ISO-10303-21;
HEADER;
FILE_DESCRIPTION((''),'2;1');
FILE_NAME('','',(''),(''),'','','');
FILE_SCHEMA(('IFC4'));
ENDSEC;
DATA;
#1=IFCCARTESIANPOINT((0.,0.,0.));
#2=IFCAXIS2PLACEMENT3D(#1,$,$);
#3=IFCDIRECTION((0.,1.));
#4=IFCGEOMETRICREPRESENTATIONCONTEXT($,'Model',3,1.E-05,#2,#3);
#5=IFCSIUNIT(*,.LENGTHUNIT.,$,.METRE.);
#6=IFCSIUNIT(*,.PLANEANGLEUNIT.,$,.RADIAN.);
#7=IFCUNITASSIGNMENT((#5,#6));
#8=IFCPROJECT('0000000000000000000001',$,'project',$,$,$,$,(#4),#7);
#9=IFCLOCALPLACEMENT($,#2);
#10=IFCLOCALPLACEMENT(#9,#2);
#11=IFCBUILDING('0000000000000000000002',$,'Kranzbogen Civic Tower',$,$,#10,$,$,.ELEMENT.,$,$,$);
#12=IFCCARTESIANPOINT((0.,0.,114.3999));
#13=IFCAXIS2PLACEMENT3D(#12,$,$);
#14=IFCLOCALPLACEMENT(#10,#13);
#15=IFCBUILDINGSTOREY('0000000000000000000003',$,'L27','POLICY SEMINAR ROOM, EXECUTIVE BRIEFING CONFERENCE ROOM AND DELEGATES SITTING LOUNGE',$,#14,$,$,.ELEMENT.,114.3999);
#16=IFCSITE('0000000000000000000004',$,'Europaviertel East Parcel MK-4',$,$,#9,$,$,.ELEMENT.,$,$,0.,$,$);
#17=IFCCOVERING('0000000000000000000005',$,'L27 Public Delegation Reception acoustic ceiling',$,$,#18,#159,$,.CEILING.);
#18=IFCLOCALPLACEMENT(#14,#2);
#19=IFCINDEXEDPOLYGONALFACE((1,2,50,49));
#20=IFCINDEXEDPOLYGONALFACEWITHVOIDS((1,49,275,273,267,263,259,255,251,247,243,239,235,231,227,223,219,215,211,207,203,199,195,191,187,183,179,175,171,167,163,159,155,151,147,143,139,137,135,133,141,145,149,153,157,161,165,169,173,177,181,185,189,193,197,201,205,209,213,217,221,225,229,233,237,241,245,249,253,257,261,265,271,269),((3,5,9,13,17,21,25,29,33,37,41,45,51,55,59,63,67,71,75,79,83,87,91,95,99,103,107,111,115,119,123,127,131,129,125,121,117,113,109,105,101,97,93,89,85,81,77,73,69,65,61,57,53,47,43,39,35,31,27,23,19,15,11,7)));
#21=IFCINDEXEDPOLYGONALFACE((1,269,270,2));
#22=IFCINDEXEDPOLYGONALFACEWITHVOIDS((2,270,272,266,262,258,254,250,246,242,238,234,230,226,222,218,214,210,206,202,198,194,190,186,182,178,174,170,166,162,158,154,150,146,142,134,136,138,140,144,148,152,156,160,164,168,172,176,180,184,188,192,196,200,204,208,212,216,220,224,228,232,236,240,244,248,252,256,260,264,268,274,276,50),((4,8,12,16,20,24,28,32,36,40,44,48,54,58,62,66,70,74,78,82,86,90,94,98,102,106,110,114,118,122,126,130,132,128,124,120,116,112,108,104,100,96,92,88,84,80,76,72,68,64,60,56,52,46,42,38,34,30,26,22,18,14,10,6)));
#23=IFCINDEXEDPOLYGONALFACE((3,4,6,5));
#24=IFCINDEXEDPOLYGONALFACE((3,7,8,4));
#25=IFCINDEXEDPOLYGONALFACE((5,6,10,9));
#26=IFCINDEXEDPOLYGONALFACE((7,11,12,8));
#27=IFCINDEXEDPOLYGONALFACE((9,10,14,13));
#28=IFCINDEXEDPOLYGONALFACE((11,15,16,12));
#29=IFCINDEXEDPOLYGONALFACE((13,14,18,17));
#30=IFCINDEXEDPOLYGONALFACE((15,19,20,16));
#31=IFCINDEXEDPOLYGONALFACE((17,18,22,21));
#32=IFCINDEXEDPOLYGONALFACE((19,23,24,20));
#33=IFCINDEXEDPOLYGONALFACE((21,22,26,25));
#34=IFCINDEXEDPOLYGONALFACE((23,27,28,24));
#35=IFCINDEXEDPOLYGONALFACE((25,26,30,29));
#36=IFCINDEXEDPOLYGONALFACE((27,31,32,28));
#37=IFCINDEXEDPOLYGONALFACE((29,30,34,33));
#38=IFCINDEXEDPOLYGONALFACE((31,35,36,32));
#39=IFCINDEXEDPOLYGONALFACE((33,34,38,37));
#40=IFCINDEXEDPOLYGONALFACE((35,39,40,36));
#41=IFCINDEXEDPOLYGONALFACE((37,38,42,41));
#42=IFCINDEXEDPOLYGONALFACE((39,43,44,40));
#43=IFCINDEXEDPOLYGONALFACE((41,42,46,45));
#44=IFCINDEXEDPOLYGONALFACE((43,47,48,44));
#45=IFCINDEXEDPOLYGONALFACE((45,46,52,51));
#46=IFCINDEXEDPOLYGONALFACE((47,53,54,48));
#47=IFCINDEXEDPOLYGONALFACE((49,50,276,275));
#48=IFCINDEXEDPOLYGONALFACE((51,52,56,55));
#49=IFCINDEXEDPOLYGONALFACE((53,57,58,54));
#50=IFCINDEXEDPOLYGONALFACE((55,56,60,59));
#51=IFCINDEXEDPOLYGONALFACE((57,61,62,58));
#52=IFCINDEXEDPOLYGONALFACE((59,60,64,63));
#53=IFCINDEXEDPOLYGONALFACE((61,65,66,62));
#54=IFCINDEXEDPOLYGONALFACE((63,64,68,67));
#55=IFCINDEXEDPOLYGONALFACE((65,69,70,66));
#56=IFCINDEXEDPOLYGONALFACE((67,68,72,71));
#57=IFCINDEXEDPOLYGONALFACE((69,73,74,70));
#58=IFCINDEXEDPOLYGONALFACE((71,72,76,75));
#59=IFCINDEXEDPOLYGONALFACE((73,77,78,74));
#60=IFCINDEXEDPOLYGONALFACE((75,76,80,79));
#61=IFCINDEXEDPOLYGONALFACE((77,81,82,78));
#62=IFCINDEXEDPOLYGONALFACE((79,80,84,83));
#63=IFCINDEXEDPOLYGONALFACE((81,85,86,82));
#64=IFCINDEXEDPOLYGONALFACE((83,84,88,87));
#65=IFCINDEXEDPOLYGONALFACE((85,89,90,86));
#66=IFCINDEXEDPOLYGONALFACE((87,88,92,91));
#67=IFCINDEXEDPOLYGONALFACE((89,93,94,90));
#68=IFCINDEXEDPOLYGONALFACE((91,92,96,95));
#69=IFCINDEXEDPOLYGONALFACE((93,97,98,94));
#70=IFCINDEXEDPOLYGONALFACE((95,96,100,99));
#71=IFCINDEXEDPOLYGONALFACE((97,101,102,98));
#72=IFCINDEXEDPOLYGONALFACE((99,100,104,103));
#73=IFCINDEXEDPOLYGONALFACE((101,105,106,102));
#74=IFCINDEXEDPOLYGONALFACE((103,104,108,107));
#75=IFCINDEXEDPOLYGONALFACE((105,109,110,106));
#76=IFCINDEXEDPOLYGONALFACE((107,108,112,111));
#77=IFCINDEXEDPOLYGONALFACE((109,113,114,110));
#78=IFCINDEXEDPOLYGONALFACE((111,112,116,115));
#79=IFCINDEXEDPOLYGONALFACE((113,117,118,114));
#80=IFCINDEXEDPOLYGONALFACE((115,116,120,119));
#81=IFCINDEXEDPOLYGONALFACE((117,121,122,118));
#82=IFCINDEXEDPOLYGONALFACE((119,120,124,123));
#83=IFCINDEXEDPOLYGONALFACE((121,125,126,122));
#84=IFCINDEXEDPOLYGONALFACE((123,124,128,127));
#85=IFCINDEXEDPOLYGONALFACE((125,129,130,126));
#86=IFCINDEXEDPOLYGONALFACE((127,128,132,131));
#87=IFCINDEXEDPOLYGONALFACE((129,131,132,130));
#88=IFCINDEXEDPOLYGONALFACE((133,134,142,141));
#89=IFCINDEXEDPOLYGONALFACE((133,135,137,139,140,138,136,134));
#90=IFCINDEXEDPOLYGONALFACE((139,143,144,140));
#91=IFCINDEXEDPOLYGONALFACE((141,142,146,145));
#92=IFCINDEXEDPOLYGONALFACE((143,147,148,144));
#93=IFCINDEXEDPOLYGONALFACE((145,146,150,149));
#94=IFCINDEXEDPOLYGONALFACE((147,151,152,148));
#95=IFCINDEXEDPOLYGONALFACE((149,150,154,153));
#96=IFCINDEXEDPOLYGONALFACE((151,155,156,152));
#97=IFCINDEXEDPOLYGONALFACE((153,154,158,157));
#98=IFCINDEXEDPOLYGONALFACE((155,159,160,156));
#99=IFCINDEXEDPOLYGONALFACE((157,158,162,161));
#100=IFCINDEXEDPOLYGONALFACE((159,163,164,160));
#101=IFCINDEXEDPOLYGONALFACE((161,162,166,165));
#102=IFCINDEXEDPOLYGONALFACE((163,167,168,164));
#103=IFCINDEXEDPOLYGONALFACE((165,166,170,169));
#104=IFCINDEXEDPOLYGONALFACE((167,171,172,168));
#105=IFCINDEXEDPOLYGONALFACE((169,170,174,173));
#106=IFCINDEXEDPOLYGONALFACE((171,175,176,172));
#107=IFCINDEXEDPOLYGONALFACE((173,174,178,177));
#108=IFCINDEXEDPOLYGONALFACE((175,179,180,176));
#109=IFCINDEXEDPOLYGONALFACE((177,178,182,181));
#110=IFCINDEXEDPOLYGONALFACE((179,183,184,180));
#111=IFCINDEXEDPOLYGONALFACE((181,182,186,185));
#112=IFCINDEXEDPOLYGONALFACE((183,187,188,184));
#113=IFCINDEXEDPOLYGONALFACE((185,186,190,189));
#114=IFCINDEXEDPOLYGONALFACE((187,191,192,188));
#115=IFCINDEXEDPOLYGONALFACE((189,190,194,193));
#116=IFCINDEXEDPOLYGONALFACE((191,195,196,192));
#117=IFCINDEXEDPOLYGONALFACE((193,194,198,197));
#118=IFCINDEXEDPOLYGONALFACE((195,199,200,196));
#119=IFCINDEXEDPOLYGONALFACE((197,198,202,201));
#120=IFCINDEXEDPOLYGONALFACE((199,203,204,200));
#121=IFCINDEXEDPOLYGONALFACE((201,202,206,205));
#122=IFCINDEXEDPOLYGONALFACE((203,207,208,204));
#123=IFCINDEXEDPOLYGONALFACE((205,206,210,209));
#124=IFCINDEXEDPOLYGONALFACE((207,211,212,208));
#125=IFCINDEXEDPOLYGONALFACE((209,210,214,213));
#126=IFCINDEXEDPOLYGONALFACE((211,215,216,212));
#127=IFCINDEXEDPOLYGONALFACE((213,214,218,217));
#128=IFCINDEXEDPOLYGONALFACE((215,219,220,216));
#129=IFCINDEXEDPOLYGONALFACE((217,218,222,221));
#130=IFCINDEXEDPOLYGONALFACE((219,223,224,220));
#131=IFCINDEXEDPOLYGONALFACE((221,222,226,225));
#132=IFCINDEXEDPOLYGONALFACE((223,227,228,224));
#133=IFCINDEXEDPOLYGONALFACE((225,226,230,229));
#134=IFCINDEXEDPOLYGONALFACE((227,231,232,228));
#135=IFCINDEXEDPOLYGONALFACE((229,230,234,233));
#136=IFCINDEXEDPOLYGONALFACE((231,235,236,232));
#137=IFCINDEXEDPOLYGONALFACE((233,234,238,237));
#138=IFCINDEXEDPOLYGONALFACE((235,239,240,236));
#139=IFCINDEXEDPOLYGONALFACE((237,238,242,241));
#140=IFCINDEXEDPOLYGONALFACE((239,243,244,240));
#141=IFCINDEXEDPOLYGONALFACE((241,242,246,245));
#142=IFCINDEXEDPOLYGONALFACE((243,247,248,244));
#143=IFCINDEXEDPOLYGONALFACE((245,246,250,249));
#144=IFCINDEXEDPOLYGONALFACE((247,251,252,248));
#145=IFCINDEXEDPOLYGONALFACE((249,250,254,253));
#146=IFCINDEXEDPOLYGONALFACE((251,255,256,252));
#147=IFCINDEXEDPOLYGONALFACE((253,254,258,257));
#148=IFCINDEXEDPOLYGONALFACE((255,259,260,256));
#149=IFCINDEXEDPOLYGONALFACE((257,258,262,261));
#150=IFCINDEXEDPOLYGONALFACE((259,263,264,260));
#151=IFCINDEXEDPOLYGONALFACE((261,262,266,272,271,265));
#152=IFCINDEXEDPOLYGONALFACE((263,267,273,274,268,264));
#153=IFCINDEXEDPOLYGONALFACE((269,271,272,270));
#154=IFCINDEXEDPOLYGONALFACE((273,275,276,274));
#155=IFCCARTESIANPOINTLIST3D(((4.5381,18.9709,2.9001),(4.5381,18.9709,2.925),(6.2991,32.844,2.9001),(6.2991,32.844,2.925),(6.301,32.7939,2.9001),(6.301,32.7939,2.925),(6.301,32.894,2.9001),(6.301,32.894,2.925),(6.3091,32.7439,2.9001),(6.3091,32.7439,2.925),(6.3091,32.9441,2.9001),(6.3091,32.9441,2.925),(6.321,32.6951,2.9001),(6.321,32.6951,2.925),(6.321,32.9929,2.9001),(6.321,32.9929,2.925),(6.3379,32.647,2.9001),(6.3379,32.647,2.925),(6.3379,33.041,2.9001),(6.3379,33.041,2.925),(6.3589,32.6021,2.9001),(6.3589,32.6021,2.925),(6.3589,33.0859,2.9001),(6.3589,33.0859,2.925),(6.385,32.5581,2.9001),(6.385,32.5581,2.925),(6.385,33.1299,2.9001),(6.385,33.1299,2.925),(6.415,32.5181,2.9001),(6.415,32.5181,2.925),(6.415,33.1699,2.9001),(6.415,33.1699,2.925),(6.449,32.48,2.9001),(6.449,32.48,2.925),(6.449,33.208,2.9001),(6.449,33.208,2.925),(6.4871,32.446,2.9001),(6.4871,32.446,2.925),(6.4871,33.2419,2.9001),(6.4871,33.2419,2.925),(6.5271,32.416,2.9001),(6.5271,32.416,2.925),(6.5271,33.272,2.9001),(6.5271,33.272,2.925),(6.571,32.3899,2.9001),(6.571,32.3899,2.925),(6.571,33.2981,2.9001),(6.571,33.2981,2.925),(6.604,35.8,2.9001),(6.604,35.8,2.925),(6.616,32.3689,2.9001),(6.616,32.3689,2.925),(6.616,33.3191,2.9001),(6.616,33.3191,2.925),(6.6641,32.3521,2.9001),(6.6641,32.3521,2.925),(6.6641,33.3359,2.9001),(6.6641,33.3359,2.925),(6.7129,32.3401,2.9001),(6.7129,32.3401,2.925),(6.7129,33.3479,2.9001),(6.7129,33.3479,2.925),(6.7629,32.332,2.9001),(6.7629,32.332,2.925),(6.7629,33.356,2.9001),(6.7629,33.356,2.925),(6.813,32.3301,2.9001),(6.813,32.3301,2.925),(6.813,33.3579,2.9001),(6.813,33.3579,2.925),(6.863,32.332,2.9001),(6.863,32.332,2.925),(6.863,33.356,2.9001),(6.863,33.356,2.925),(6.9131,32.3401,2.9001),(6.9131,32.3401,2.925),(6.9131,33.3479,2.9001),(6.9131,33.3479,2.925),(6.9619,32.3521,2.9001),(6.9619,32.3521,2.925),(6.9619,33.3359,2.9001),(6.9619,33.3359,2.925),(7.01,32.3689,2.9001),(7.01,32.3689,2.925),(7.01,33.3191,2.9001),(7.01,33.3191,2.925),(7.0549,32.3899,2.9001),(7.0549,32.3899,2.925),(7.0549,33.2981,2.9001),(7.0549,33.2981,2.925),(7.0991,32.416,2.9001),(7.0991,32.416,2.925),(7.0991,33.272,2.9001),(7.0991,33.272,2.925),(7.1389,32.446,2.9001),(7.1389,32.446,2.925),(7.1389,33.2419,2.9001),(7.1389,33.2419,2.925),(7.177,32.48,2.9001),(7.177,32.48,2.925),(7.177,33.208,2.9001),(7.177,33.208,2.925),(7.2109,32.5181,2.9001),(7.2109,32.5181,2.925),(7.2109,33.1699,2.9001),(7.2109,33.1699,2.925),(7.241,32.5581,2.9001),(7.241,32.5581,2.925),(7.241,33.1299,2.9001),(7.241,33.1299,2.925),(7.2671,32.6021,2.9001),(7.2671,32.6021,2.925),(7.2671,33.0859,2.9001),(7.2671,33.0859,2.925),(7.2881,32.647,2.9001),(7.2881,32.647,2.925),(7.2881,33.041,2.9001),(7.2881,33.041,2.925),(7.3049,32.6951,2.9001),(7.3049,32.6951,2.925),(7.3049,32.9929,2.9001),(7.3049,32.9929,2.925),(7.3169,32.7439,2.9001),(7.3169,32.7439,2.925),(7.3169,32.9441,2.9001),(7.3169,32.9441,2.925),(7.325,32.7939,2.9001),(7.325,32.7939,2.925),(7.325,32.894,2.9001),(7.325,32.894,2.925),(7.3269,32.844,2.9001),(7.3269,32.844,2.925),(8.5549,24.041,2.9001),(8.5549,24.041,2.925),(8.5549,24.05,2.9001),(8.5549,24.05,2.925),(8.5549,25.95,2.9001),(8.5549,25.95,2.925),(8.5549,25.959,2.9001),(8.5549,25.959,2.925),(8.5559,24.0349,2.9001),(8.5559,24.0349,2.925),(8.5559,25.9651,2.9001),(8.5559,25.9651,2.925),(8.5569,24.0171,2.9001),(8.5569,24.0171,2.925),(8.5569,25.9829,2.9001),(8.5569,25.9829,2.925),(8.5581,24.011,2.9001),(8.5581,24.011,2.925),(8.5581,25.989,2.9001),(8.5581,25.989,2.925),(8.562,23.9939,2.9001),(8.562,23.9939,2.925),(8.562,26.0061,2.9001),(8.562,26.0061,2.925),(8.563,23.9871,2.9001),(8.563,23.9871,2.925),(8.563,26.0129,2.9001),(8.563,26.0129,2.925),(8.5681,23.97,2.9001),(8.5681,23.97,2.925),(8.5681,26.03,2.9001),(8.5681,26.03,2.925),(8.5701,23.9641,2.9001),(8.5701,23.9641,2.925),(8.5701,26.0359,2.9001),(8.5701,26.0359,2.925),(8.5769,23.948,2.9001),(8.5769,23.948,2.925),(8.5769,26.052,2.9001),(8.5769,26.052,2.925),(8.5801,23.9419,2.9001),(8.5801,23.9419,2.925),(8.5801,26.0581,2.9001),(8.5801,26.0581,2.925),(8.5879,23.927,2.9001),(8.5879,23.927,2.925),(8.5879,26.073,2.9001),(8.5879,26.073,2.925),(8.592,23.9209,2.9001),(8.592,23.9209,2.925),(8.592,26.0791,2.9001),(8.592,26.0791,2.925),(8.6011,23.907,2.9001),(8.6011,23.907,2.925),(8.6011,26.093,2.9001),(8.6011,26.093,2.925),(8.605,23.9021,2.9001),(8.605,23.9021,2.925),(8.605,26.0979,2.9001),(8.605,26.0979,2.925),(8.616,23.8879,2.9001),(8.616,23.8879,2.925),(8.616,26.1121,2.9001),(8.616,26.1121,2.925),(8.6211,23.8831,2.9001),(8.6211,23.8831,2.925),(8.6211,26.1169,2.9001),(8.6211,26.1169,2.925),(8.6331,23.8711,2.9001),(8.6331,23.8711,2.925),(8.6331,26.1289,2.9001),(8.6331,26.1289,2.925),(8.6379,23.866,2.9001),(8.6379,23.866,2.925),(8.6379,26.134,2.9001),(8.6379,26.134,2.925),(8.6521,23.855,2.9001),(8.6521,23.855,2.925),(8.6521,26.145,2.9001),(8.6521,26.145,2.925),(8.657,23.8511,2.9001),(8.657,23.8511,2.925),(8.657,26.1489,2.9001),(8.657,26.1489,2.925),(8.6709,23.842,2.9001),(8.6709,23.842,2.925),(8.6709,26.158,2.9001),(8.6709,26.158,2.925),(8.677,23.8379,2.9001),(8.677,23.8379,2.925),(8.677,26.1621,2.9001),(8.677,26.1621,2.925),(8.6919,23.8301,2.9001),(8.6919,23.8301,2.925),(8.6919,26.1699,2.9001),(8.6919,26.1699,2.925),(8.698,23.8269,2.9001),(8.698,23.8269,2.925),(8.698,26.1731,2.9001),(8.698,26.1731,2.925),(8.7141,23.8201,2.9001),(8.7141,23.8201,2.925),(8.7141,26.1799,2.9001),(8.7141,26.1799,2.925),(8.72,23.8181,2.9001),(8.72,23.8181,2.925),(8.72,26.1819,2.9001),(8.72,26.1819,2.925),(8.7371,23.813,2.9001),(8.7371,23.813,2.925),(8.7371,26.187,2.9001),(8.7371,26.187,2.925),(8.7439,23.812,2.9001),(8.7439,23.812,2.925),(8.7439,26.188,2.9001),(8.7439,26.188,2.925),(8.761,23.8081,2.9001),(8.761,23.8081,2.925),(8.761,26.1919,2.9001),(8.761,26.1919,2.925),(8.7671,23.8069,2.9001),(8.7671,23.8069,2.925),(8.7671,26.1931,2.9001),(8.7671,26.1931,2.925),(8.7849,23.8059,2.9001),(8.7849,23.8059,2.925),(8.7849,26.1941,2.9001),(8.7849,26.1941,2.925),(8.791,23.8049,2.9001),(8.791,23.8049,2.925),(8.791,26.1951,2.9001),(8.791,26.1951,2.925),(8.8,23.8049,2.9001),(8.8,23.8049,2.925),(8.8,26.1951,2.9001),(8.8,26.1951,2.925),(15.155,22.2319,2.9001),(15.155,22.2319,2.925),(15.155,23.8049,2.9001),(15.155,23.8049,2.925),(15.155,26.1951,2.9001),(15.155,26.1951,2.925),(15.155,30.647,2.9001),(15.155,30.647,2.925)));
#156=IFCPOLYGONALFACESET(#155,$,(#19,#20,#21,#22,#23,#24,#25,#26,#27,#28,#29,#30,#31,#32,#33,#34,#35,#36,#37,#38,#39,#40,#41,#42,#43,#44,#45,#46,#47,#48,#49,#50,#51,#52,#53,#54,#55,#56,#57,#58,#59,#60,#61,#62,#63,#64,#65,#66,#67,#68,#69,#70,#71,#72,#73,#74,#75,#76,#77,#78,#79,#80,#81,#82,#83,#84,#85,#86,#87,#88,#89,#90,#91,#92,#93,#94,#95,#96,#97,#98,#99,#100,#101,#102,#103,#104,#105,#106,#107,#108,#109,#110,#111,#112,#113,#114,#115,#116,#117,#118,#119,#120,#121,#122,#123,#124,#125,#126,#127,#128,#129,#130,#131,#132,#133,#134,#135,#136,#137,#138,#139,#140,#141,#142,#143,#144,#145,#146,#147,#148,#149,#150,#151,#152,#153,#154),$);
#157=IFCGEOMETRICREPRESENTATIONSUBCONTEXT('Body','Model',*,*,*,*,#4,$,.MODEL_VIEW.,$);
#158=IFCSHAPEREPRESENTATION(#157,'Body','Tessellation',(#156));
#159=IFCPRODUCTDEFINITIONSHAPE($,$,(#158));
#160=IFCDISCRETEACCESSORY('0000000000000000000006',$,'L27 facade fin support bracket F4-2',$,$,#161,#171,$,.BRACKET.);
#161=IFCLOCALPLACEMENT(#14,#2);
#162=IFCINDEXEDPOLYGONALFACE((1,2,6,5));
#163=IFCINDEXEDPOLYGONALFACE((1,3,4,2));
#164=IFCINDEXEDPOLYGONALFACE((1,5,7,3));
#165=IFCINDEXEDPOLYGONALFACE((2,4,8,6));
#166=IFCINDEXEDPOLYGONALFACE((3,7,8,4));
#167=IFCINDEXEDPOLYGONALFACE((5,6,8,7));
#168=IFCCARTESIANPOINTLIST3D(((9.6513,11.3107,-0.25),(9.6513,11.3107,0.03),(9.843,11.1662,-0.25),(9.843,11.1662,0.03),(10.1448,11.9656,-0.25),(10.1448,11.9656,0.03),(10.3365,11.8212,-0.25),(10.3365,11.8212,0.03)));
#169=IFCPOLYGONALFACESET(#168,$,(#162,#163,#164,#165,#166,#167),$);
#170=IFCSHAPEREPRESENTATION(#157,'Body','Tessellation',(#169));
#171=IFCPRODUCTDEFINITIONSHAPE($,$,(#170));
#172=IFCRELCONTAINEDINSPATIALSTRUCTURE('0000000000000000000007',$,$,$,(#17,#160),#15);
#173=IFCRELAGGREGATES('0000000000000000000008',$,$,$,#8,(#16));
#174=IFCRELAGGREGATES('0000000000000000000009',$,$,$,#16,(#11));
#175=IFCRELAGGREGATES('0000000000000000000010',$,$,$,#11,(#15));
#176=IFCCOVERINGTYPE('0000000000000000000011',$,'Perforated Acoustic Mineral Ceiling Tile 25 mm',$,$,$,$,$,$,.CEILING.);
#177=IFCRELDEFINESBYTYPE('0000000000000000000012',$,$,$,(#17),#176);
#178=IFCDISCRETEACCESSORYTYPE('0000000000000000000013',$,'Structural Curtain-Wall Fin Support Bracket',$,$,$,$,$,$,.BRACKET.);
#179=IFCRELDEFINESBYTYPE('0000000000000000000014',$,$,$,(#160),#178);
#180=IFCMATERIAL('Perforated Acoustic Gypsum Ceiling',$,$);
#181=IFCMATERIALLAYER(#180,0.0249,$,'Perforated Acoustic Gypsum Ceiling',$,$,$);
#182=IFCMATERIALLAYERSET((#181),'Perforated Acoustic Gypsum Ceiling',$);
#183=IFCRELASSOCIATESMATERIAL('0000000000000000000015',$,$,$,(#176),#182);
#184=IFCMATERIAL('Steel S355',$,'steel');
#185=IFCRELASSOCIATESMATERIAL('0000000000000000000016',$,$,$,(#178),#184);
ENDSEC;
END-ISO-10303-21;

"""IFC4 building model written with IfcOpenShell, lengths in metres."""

from ifc_helpers import new_model, si_unit, direction, frame, origin, origin_2d, place, context, subcontext, project, spatial, polyline, rectangle, outline, extrude, material, layer, layer_set, type_object, element, save


model = new_model("IFC4")

# Units and contexts
model_context = context("Model", 3, precision=1e-05, world=origin(), true_north=direction((0.0, 1.0)))
body_context = subcontext(model_context, "Body", "Model", "MODEL_VIEW")
ifc_project = project(units=[si_unit("LENGTHUNIT", "METRE"), si_unit("PLANEANGLEUNIT", "RADIAN")], contexts=[model_context])

# Site, building, storey
site_placement = place(None, origin())
site = spatial("IfcSite", under=ifc_project, at=site_placement, Name="Europaviertel East Parcel MK-4", CompositionType="ELEMENT", RefElevation=0.0)
building_placement = place(site_placement, origin())
building = spatial("IfcBuilding", under=site, at=building_placement, Name="Kranzbogen Civic Tower", CompositionType="ELEMENT")
storey_placement = place(building_placement, frame((0.0, 0.0, 114.3999)))
storey = spatial("IfcBuildingStorey", under=building, at=storey_placement, Name="L27", Description="POLICY SEMINAR ROOM, EXECUTIVE BRIEFING CONFERENCE ROOM AND DELEGATES SITTING LOUNGE", CompositionType="ELEMENT", Elevation=114.3999)

# Shared definitions
ifc_material_1 = material(Name="Steel S355", Category="steel")

# Covering
ifc_material_2 = material(Name="Perforated Acoustic Gypsum Ceiling")
ifc_layer_1 = layer(ifc_material_2, 0.0249, Name="Perforated Acoustic Gypsum Ceiling")
ifc_layer_set_1 = layer_set([ifc_layer_1], Name="Perforated Acoustic Gypsum Ceiling")
covering_type_1 = type_object("IfcCoveringType", Name="Perforated Acoustic Mineral Ceiling Tile 25 mm", PredefinedType="CEILING", material=ifc_layer_set_1)
covering_1_placement = place(storey_placement, frame((0.0, 0.0, 2.9001)))
element("IfcCovering", 1, at=covering_1_placement, inside=storey, type_object=covering_type_1, Name="L27 Public Delegation Reception acoustic ceiling", PredefinedType="CEILING", context=body_context, shape_type="SweptSolid", body=[
    extrude(outline(polyline([(15.155, 30.647), (15.155, 26.1951), (8.8, 26.1951), (8.791, 26.1951), (8.7849, 26.1941), (8.7671, 26.1931), (8.761, 26.1919), (8.7439, 26.188), (8.7371, 26.187), (8.72, 26.1819), (8.7141, 26.1799), (8.698, 26.1731), (8.6919, 26.1699), (8.677, 26.1621), (8.6709, 26.158), (8.657, 26.1489), (8.6521, 26.145), (8.6379, 26.134), (8.6331, 26.1289), (8.6211, 26.1169), (8.616, 26.1121), (8.605, 26.0979), (8.6011, 26.093), (8.592, 26.0791), (8.5879, 26.073), (8.5801, 26.0581), (8.5769, 26.052), (8.5701, 26.0359), (8.5681, 26.03), (8.563, 26.0129), (8.562, 26.0061), (8.5581, 25.989), (8.5569, 25.9829), (8.5559, 25.9651), (8.5549, 25.959), (8.5549, 25.95), (8.5549, 24.05), (8.5549, 24.041), (8.5559, 24.0349), (8.5569, 24.0171), (8.5581, 24.011), (8.562, 23.9939), (8.563, 23.9871), (8.5681, 23.97), (8.5701, 23.9641), (8.5769, 23.948), (8.5801, 23.9419), (8.5879, 23.927), (8.592, 23.9209), (8.6011, 23.907), (8.605, 23.9021), (8.616, 23.8879), (8.6211, 23.8831), (8.6331, 23.8711), (8.6379, 23.866), (8.6521, 23.855), (8.657, 23.8511), (8.6709, 23.842), (8.677, 23.8379), (8.6919, 23.8301), (8.698, 23.8269), (8.7141, 23.8201), (8.72, 23.8181), (8.7371, 23.813), (8.7439, 23.812), (8.761, 23.8081), (8.7671, 23.8069), (8.7849, 23.8059), (8.791, 23.8049), (8.8, 23.8049), (15.155, 23.8049), (15.155, 22.2319), (4.5381, 18.9709), (6.604, 35.8), (15.155, 30.647)]), holes=[polyline([(7.2881, 32.647), (7.2671, 32.6021), (7.241, 32.5581), (7.2109, 32.5181), (7.177, 32.48), (7.1389, 32.446), (7.0991, 32.416), (7.0549, 32.3899), (7.01, 32.3689), (6.9619, 32.3521), (6.9131, 32.3401), (6.863, 32.332), (6.813, 32.3301), (6.7629, 32.332), (6.7129, 32.3401), (6.6641, 32.3521), (6.616, 32.3689), (6.571, 32.3899), (6.5271, 32.416), (6.4871, 32.446), (6.449, 32.48), (6.415, 32.5181), (6.385, 32.5581), (6.3589, 32.6021), (6.3379, 32.647), (6.321, 32.6951), (6.3091, 32.7439), (6.301, 32.7939), (6.2991, 32.844), (6.301, 32.894), (6.3091, 32.9441), (6.321, 32.9929), (6.3379, 33.041), (6.3589, 33.0859), (6.385, 33.1299), (6.415, 33.1699), (6.449, 33.208), (6.4871, 33.2419), (6.5271, 33.272), (6.571, 33.2981), (6.616, 33.3191), (6.6641, 33.3359), (6.7129, 33.3479), (6.7629, 33.356), (6.813, 33.3579), (6.863, 33.356), (6.9131, 33.3479), (6.9619, 33.3359), (7.01, 33.3191), (7.0549, 33.2981), (7.0991, 33.272), (7.1389, 33.2419), (7.177, 33.208), (7.2109, 33.1699), (7.241, 33.1299), (7.2671, 33.0859), (7.2881, 33.041), (7.3049, 32.9929), (7.3169, 32.9441), (7.325, 32.894), (7.3269, 32.844), (7.325, 32.7939), (7.3169, 32.7439), (7.3049, 32.6951), (7.2881, 32.647)])]), origin(), (0.0, 0.0, 1.0), 0.0249),
])

# Discrete accessory
discrete_accessory_type = type_object("IfcDiscreteAccessoryType", Name="Structural Curtain-Wall Fin Support Bracket", PredefinedType="BRACKET", material=ifc_material_1)
for number, where, z_axis, x_axis, name in (
    (2, (9.9939, 11.5659, -0.25), (0.0, 0.0, 1.0), (-0.601815, -0.798636, 0.0), "L27 facade fin support bracket F4-2"),
):
    element("IfcDiscreteAccessory", number, at=place(storey_placement, frame(where, z_axis=z_axis, x_axis=x_axis)), inside=storey, type_object=discrete_accessory_type, Name=name, PredefinedType="BRACKET", context=body_context, shape_type="SweptSolid", body=[
        extrude(rectangle(XDim=0.8201, YDim=0.24, at=origin_2d()), origin(), (0.0, 0.0, 1.0), 0.28),
    ])

save(model, "model.ifc")
